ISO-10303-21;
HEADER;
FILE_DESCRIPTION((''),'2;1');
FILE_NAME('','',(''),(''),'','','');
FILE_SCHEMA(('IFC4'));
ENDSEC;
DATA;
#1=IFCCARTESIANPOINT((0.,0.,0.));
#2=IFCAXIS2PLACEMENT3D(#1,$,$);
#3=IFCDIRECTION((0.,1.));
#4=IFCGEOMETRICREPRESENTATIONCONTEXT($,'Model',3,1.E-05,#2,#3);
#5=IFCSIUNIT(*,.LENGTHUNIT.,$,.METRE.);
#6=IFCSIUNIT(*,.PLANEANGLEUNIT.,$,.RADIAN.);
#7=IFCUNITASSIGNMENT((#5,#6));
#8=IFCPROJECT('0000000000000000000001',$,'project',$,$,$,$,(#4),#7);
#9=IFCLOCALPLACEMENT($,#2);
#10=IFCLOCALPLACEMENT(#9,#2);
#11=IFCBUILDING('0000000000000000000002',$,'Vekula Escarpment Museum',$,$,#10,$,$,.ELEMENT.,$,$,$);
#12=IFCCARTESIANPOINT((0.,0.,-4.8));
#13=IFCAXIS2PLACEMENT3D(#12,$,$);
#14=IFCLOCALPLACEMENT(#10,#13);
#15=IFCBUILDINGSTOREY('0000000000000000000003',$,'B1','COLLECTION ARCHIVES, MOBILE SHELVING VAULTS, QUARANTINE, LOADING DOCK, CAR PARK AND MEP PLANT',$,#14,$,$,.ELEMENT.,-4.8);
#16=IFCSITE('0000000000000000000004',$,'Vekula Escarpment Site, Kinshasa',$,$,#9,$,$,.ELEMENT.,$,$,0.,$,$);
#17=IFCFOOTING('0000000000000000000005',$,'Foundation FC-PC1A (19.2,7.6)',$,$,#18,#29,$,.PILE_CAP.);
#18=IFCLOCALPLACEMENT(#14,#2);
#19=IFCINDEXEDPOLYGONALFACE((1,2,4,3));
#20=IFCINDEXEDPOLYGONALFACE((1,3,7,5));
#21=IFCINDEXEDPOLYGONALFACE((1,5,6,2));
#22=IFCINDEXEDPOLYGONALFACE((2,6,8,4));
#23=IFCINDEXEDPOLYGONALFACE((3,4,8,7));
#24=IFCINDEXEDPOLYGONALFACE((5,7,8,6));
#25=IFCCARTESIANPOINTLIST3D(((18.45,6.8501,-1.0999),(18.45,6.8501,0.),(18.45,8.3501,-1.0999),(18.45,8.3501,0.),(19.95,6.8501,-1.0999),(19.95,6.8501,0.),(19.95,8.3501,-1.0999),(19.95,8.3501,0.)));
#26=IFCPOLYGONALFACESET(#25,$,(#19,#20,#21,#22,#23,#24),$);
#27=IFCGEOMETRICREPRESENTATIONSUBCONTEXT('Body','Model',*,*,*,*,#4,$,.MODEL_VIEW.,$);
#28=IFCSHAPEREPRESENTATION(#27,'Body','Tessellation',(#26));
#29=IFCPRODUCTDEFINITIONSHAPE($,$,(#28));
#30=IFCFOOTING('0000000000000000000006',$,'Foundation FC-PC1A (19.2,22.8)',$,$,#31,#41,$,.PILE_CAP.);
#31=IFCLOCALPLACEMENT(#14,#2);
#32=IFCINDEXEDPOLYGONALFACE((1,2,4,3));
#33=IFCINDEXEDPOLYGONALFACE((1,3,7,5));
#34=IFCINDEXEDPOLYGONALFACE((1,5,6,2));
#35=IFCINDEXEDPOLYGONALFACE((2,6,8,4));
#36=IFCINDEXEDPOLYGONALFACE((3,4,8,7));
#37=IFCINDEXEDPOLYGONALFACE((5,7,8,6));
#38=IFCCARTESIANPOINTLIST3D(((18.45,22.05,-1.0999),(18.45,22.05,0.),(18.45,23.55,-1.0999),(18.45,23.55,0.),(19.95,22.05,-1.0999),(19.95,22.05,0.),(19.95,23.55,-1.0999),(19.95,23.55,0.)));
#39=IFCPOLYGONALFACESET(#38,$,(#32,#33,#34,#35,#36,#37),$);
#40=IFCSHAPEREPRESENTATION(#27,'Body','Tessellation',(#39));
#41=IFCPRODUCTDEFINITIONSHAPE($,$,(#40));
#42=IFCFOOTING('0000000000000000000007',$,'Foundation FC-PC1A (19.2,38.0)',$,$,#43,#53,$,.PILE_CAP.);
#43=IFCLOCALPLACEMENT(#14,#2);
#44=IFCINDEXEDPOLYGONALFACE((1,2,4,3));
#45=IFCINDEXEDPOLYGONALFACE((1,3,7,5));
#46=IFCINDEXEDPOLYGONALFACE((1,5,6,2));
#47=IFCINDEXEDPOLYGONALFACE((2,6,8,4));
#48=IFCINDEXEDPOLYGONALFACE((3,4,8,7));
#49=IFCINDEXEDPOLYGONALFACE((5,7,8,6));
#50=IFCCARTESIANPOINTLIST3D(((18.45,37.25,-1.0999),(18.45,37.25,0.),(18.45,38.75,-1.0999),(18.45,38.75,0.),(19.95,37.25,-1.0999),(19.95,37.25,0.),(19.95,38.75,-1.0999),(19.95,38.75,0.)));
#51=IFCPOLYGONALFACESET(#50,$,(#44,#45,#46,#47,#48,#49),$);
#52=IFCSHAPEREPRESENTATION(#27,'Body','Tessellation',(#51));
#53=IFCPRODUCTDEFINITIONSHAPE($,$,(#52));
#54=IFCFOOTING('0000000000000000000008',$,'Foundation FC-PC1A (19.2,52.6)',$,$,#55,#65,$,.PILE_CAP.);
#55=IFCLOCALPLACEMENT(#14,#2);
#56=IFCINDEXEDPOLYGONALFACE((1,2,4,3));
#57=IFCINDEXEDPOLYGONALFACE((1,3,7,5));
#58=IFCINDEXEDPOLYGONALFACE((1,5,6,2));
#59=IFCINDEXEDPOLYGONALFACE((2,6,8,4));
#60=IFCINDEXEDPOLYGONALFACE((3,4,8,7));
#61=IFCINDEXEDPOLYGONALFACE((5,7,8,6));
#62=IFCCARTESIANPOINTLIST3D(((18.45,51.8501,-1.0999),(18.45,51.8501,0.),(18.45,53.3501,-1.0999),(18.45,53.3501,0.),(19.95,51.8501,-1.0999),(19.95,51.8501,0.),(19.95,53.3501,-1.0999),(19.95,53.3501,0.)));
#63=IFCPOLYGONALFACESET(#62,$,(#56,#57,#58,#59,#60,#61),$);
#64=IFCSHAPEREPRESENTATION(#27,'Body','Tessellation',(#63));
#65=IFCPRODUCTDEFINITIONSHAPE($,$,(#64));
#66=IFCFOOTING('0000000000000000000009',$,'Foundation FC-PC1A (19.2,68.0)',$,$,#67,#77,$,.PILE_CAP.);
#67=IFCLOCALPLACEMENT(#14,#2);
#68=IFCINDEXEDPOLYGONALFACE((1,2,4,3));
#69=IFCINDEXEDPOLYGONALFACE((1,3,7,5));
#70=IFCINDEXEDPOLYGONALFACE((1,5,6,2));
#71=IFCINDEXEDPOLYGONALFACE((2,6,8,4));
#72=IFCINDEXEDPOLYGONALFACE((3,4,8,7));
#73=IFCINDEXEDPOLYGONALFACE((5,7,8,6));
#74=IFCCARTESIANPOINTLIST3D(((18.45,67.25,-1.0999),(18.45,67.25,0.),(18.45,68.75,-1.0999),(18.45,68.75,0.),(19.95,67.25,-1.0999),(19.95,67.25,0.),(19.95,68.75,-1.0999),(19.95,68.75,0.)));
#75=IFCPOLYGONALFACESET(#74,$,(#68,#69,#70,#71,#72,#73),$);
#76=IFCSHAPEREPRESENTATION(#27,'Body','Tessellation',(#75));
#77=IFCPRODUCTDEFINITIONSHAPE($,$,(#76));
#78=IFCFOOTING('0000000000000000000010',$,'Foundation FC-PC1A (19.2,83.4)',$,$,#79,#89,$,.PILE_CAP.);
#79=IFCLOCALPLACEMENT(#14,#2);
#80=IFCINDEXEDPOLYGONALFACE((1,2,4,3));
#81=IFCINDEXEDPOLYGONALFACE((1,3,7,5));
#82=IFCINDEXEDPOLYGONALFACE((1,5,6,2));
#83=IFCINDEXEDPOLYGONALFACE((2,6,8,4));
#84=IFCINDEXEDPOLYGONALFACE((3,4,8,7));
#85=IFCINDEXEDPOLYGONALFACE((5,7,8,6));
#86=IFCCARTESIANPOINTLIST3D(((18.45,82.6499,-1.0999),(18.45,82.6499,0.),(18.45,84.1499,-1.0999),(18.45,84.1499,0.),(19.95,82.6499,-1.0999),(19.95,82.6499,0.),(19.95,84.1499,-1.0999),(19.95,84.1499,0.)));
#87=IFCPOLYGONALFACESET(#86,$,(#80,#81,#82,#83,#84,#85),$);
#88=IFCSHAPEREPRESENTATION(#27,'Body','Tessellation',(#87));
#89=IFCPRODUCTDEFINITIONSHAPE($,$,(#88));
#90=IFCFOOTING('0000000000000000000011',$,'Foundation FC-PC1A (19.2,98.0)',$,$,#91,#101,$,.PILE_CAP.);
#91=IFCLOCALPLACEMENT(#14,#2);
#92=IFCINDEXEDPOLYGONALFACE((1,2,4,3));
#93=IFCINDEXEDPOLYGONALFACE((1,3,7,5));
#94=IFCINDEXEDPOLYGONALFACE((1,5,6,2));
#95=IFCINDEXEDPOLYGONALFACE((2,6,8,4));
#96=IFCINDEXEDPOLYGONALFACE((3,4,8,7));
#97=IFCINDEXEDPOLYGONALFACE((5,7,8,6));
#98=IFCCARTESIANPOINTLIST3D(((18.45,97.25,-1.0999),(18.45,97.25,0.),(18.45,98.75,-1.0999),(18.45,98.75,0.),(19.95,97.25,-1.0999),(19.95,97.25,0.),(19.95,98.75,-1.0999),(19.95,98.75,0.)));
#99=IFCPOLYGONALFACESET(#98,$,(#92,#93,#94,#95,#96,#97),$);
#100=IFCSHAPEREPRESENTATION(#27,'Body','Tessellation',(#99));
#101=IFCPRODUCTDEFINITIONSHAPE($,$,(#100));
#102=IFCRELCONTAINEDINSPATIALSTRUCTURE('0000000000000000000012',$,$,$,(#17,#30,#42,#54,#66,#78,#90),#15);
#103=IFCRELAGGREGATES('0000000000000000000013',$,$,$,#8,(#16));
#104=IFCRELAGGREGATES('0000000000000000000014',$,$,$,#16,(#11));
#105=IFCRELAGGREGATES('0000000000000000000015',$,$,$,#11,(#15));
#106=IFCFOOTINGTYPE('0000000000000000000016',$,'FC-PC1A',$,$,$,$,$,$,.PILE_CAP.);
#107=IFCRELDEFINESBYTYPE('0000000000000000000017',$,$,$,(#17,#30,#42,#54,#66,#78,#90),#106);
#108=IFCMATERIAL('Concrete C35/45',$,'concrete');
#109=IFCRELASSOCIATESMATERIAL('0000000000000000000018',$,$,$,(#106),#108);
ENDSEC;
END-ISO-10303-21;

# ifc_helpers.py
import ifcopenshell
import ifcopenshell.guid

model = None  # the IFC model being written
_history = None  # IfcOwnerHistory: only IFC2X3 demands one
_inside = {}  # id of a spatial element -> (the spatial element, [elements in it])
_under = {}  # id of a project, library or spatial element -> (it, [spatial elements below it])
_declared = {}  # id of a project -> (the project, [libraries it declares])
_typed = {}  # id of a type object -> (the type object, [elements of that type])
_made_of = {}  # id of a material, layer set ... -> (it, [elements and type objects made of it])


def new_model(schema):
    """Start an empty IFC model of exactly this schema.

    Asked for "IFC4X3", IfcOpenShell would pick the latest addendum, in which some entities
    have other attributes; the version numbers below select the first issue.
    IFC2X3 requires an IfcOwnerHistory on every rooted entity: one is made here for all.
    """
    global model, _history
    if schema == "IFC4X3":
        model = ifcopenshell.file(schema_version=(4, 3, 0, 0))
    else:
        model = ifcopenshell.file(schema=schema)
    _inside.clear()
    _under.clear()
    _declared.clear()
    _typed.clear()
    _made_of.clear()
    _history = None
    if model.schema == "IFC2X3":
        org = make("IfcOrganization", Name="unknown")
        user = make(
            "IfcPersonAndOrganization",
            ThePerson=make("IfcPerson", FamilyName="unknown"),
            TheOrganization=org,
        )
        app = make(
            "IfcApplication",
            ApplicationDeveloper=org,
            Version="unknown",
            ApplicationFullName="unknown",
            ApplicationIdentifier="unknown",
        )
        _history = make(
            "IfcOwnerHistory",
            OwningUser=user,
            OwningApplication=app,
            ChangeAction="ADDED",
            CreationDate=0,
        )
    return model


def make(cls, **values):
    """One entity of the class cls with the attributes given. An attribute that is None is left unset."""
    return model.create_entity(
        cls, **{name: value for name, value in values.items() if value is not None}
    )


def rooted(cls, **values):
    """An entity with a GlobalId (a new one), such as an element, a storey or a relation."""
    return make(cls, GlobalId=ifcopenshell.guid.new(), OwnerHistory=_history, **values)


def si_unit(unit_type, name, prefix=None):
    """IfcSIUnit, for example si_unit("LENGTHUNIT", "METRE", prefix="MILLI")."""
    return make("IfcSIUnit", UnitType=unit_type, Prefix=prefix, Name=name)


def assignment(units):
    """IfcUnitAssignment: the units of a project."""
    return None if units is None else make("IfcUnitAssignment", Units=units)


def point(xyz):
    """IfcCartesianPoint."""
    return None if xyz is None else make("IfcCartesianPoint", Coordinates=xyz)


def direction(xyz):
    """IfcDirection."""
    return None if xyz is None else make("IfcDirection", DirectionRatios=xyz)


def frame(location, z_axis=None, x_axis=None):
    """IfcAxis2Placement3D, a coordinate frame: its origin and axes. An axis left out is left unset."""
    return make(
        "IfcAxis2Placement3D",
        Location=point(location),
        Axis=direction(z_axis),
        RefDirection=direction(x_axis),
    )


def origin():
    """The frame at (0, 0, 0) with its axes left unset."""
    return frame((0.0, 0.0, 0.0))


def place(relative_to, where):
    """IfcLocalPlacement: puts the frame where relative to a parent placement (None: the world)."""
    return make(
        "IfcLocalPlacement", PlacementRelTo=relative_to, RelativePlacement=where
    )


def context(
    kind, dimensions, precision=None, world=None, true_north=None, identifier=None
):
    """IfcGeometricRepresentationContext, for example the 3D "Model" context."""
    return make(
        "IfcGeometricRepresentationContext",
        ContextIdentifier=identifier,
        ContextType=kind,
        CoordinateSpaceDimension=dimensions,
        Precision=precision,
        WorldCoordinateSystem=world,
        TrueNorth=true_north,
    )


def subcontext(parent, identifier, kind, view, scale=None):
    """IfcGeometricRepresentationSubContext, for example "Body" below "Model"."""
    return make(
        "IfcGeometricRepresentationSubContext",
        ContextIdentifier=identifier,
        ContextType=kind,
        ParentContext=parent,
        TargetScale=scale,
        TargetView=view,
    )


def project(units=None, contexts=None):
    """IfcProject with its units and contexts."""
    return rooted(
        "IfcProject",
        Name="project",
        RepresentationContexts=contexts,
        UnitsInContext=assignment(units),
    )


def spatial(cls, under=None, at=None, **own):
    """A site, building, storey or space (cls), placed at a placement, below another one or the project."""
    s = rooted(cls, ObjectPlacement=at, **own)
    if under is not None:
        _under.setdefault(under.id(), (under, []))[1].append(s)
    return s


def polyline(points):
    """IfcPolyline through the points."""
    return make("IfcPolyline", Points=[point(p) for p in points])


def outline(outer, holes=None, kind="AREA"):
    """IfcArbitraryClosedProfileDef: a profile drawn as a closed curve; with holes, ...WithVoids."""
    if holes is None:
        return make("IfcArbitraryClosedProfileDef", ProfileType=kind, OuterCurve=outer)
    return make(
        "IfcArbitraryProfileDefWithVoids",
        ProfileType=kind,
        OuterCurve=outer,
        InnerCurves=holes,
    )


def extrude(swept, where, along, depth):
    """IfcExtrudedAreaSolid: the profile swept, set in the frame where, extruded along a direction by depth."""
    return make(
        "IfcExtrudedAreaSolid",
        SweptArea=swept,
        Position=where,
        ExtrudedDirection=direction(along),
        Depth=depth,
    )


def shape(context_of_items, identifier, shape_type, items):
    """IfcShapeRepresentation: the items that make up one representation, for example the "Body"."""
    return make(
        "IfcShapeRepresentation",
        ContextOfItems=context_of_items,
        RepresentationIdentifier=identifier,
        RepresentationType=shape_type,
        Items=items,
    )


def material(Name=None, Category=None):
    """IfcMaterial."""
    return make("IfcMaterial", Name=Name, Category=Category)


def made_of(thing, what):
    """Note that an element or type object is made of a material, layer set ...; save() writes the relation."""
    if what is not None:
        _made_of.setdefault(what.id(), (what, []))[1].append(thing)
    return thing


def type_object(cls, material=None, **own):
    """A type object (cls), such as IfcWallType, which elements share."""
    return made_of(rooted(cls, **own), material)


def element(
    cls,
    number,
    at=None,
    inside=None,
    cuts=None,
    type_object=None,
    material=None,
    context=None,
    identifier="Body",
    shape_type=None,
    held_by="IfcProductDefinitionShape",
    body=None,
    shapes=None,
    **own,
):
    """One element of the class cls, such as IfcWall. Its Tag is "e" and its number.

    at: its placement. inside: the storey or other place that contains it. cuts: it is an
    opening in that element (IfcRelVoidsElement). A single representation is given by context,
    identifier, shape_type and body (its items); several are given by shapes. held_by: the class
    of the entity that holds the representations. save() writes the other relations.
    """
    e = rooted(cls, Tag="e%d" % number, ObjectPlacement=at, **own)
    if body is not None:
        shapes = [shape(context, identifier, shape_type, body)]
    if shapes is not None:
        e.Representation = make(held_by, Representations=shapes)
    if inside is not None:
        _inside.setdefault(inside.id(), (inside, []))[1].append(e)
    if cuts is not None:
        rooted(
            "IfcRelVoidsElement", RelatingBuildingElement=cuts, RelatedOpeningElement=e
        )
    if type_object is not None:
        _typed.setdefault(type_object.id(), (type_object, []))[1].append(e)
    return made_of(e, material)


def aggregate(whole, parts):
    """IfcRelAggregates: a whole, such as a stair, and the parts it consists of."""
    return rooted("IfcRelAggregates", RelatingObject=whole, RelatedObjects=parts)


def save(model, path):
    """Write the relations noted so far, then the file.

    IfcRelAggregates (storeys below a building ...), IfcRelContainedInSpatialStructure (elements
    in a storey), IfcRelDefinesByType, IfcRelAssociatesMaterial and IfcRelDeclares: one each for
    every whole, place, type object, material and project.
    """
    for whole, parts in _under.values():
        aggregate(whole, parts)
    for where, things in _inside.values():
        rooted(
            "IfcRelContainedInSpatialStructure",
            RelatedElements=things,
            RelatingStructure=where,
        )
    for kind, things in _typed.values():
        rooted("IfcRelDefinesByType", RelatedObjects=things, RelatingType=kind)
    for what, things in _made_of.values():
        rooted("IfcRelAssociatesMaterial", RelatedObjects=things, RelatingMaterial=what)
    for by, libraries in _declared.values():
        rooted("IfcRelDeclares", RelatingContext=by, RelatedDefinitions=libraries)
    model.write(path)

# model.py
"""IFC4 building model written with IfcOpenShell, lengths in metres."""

from ifc_helpers import new_model, si_unit, direction, frame, origin, place, context, subcontext, project, spatial, polyline, outline, extrude, material, type_object, element, save


model = new_model("IFC4")

# Units and contexts
model_context = context("Model", 3, precision=1e-05, world=origin(), true_north=direction((0.0, 1.0)))
body_context = subcontext(model_context, "Body", "Model", "MODEL_VIEW")
ifc_project = project(units=[si_unit("LENGTHUNIT", "METRE"), si_unit("PLANEANGLEUNIT", "RADIAN")], contexts=[model_context])

# Site, building, storey
site_placement = place(None, origin())
site = spatial("IfcSite", under=ifc_project, at=site_placement, Name="Vekula Escarpment Site, Kinshasa", CompositionType="ELEMENT", RefElevation=0.0)
building_placement = place(site_placement, origin())
building = spatial("IfcBuilding", under=site, at=building_placement, Name="Vekula Escarpment Museum", CompositionType="ELEMENT")
storey_placement = place(building_placement, frame((0.0, 0.0, -4.8)))
storey = spatial("IfcBuildingStorey", under=building, at=storey_placement, Name="B1", Description="COLLECTION ARCHIVES, MOBILE SHELVING VAULTS, QUARANTINE, LOADING DOCK, CAR PARK AND MEP PLANT", CompositionType="ELEMENT", Elevation=-4.8)

# Footings
ifc_material_1 = material(Name="Concrete C35/45", Category="concrete")
footing_type_1 = type_object("IfcFootingType", Name="FC-PC1A", PredefinedType="PILE_CAP", material=ifc_material_1)
footing_1_placement = place(storey_placement, frame((0.0, 0.0, -1.0999)))
element("IfcFooting", 1, at=footing_1_placement, inside=storey, type_object=footing_type_1, Name="Foundation FC-PC1A (19.2,7.6)", PredefinedType="PILE_CAP", context=body_context, shape_type="SweptSolid", body=[
    extrude(outline(polyline([(18.45, 6.8501), (19.95, 6.8501), (19.95, 8.3501), (18.45, 8.3501), (18.45, 6.8501)])), origin(), (0.0, 0.0, 1.0), 1.0999),
])
footing_2_placement = place(storey_placement, frame((0.0, 0.0, -1.0999)))
element("IfcFooting", 2, at=footing_2_placement, inside=storey, type_object=footing_type_1, Name="Foundation FC-PC1A (19.2,22.8)", PredefinedType="PILE_CAP", context=body_context, shape_type="SweptSolid", body=[
    extrude(outline(polyline([(18.45, 22.05), (19.95, 22.05), (19.95, 23.55), (18.45, 23.55), (18.45, 22.05)])), origin(), (0.0, 0.0, 1.0), 1.0999),
])
footing_3_placement = place(storey_placement, frame((0.0, 0.0, -1.0999)))
element("IfcFooting", 3, at=footing_3_placement, inside=storey, type_object=footing_type_1, Name="Foundation FC-PC1A (19.2,38.0)", PredefinedType="PILE_CAP", context=body_context, shape_type="SweptSolid", body=[
    extrude(outline(polyline([(18.45, 37.25), (19.95, 37.25), (19.95, 38.75), (18.45, 38.75), (18.45, 37.25)])), origin(), (0.0, 0.0, 1.0), 1.0999),
])
footing_4_placement = place(storey_placement, frame((0.0, 0.0, -1.0999)))
element("IfcFooting", 4, at=footing_4_placement, inside=storey, type_object=footing_type_1, Name="Foundation FC-PC1A (19.2,52.6)", PredefinedType="PILE_CAP", context=body_context, shape_type="SweptSolid", body=[
    extrude(outline(polyline([(18.45, 51.8501), (19.95, 51.8501), (19.95, 53.3501), (18.45, 53.3501), (18.45, 51.8501)])), origin(), (0.0, 0.0, 1.0), 1.0999),
])
footing_5_placement = place(storey_placement, frame((0.0, 0.0, -1.0999)))
element("IfcFooting", 5, at=footing_5_placement, inside=storey, type_object=footing_type_1, Name="Foundation FC-PC1A (19.2,68.0)", PredefinedType="PILE_CAP", context=body_context, shape_type="SweptSolid", body=[
    extrude(outline(polyline([(18.45, 67.25), (19.95, 67.25), (19.95, 68.75), (18.45, 68.75), (18.45, 67.25)])), origin(), (0.0, 0.0, 1.0), 1.0999),
])
footing_6_placement = place(storey_placement, frame((0.0, 0.0, -1.0999)))
element("IfcFooting", 6, at=footing_6_placement, inside=storey, type_object=footing_type_1, Name="Foundation FC-PC1A (19.2,83.4)", PredefinedType="PILE_CAP", context=body_context, shape_type="SweptSolid", body=[
    extrude(outline(polyline([(18.45, 82.6499), (19.95, 82.6499), (19.95, 84.1499), (18.45, 84.1499), (18.45, 82.6499)])), origin(), (0.0, 0.0, 1.0), 1.0999),
])
footing_7_placement = place(storey_placement, frame((0.0, 0.0, -1.0999)))
element("IfcFooting", 7, at=footing_7_placement, inside=storey, type_object=footing_type_1, Name="Foundation FC-PC1A (19.2,98.0)", PredefinedType="PILE_CAP", context=body_context, shape_type="SweptSolid", body=[
    extrude(outline(polyline([(18.45, 97.25), (19.95, 97.25), (19.95, 98.75), (18.45, 98.75), (18.45, 97.25)])), origin(), (0.0, 0.0, 1.0), 1.0999),
])

save(model, "model.ifc")
